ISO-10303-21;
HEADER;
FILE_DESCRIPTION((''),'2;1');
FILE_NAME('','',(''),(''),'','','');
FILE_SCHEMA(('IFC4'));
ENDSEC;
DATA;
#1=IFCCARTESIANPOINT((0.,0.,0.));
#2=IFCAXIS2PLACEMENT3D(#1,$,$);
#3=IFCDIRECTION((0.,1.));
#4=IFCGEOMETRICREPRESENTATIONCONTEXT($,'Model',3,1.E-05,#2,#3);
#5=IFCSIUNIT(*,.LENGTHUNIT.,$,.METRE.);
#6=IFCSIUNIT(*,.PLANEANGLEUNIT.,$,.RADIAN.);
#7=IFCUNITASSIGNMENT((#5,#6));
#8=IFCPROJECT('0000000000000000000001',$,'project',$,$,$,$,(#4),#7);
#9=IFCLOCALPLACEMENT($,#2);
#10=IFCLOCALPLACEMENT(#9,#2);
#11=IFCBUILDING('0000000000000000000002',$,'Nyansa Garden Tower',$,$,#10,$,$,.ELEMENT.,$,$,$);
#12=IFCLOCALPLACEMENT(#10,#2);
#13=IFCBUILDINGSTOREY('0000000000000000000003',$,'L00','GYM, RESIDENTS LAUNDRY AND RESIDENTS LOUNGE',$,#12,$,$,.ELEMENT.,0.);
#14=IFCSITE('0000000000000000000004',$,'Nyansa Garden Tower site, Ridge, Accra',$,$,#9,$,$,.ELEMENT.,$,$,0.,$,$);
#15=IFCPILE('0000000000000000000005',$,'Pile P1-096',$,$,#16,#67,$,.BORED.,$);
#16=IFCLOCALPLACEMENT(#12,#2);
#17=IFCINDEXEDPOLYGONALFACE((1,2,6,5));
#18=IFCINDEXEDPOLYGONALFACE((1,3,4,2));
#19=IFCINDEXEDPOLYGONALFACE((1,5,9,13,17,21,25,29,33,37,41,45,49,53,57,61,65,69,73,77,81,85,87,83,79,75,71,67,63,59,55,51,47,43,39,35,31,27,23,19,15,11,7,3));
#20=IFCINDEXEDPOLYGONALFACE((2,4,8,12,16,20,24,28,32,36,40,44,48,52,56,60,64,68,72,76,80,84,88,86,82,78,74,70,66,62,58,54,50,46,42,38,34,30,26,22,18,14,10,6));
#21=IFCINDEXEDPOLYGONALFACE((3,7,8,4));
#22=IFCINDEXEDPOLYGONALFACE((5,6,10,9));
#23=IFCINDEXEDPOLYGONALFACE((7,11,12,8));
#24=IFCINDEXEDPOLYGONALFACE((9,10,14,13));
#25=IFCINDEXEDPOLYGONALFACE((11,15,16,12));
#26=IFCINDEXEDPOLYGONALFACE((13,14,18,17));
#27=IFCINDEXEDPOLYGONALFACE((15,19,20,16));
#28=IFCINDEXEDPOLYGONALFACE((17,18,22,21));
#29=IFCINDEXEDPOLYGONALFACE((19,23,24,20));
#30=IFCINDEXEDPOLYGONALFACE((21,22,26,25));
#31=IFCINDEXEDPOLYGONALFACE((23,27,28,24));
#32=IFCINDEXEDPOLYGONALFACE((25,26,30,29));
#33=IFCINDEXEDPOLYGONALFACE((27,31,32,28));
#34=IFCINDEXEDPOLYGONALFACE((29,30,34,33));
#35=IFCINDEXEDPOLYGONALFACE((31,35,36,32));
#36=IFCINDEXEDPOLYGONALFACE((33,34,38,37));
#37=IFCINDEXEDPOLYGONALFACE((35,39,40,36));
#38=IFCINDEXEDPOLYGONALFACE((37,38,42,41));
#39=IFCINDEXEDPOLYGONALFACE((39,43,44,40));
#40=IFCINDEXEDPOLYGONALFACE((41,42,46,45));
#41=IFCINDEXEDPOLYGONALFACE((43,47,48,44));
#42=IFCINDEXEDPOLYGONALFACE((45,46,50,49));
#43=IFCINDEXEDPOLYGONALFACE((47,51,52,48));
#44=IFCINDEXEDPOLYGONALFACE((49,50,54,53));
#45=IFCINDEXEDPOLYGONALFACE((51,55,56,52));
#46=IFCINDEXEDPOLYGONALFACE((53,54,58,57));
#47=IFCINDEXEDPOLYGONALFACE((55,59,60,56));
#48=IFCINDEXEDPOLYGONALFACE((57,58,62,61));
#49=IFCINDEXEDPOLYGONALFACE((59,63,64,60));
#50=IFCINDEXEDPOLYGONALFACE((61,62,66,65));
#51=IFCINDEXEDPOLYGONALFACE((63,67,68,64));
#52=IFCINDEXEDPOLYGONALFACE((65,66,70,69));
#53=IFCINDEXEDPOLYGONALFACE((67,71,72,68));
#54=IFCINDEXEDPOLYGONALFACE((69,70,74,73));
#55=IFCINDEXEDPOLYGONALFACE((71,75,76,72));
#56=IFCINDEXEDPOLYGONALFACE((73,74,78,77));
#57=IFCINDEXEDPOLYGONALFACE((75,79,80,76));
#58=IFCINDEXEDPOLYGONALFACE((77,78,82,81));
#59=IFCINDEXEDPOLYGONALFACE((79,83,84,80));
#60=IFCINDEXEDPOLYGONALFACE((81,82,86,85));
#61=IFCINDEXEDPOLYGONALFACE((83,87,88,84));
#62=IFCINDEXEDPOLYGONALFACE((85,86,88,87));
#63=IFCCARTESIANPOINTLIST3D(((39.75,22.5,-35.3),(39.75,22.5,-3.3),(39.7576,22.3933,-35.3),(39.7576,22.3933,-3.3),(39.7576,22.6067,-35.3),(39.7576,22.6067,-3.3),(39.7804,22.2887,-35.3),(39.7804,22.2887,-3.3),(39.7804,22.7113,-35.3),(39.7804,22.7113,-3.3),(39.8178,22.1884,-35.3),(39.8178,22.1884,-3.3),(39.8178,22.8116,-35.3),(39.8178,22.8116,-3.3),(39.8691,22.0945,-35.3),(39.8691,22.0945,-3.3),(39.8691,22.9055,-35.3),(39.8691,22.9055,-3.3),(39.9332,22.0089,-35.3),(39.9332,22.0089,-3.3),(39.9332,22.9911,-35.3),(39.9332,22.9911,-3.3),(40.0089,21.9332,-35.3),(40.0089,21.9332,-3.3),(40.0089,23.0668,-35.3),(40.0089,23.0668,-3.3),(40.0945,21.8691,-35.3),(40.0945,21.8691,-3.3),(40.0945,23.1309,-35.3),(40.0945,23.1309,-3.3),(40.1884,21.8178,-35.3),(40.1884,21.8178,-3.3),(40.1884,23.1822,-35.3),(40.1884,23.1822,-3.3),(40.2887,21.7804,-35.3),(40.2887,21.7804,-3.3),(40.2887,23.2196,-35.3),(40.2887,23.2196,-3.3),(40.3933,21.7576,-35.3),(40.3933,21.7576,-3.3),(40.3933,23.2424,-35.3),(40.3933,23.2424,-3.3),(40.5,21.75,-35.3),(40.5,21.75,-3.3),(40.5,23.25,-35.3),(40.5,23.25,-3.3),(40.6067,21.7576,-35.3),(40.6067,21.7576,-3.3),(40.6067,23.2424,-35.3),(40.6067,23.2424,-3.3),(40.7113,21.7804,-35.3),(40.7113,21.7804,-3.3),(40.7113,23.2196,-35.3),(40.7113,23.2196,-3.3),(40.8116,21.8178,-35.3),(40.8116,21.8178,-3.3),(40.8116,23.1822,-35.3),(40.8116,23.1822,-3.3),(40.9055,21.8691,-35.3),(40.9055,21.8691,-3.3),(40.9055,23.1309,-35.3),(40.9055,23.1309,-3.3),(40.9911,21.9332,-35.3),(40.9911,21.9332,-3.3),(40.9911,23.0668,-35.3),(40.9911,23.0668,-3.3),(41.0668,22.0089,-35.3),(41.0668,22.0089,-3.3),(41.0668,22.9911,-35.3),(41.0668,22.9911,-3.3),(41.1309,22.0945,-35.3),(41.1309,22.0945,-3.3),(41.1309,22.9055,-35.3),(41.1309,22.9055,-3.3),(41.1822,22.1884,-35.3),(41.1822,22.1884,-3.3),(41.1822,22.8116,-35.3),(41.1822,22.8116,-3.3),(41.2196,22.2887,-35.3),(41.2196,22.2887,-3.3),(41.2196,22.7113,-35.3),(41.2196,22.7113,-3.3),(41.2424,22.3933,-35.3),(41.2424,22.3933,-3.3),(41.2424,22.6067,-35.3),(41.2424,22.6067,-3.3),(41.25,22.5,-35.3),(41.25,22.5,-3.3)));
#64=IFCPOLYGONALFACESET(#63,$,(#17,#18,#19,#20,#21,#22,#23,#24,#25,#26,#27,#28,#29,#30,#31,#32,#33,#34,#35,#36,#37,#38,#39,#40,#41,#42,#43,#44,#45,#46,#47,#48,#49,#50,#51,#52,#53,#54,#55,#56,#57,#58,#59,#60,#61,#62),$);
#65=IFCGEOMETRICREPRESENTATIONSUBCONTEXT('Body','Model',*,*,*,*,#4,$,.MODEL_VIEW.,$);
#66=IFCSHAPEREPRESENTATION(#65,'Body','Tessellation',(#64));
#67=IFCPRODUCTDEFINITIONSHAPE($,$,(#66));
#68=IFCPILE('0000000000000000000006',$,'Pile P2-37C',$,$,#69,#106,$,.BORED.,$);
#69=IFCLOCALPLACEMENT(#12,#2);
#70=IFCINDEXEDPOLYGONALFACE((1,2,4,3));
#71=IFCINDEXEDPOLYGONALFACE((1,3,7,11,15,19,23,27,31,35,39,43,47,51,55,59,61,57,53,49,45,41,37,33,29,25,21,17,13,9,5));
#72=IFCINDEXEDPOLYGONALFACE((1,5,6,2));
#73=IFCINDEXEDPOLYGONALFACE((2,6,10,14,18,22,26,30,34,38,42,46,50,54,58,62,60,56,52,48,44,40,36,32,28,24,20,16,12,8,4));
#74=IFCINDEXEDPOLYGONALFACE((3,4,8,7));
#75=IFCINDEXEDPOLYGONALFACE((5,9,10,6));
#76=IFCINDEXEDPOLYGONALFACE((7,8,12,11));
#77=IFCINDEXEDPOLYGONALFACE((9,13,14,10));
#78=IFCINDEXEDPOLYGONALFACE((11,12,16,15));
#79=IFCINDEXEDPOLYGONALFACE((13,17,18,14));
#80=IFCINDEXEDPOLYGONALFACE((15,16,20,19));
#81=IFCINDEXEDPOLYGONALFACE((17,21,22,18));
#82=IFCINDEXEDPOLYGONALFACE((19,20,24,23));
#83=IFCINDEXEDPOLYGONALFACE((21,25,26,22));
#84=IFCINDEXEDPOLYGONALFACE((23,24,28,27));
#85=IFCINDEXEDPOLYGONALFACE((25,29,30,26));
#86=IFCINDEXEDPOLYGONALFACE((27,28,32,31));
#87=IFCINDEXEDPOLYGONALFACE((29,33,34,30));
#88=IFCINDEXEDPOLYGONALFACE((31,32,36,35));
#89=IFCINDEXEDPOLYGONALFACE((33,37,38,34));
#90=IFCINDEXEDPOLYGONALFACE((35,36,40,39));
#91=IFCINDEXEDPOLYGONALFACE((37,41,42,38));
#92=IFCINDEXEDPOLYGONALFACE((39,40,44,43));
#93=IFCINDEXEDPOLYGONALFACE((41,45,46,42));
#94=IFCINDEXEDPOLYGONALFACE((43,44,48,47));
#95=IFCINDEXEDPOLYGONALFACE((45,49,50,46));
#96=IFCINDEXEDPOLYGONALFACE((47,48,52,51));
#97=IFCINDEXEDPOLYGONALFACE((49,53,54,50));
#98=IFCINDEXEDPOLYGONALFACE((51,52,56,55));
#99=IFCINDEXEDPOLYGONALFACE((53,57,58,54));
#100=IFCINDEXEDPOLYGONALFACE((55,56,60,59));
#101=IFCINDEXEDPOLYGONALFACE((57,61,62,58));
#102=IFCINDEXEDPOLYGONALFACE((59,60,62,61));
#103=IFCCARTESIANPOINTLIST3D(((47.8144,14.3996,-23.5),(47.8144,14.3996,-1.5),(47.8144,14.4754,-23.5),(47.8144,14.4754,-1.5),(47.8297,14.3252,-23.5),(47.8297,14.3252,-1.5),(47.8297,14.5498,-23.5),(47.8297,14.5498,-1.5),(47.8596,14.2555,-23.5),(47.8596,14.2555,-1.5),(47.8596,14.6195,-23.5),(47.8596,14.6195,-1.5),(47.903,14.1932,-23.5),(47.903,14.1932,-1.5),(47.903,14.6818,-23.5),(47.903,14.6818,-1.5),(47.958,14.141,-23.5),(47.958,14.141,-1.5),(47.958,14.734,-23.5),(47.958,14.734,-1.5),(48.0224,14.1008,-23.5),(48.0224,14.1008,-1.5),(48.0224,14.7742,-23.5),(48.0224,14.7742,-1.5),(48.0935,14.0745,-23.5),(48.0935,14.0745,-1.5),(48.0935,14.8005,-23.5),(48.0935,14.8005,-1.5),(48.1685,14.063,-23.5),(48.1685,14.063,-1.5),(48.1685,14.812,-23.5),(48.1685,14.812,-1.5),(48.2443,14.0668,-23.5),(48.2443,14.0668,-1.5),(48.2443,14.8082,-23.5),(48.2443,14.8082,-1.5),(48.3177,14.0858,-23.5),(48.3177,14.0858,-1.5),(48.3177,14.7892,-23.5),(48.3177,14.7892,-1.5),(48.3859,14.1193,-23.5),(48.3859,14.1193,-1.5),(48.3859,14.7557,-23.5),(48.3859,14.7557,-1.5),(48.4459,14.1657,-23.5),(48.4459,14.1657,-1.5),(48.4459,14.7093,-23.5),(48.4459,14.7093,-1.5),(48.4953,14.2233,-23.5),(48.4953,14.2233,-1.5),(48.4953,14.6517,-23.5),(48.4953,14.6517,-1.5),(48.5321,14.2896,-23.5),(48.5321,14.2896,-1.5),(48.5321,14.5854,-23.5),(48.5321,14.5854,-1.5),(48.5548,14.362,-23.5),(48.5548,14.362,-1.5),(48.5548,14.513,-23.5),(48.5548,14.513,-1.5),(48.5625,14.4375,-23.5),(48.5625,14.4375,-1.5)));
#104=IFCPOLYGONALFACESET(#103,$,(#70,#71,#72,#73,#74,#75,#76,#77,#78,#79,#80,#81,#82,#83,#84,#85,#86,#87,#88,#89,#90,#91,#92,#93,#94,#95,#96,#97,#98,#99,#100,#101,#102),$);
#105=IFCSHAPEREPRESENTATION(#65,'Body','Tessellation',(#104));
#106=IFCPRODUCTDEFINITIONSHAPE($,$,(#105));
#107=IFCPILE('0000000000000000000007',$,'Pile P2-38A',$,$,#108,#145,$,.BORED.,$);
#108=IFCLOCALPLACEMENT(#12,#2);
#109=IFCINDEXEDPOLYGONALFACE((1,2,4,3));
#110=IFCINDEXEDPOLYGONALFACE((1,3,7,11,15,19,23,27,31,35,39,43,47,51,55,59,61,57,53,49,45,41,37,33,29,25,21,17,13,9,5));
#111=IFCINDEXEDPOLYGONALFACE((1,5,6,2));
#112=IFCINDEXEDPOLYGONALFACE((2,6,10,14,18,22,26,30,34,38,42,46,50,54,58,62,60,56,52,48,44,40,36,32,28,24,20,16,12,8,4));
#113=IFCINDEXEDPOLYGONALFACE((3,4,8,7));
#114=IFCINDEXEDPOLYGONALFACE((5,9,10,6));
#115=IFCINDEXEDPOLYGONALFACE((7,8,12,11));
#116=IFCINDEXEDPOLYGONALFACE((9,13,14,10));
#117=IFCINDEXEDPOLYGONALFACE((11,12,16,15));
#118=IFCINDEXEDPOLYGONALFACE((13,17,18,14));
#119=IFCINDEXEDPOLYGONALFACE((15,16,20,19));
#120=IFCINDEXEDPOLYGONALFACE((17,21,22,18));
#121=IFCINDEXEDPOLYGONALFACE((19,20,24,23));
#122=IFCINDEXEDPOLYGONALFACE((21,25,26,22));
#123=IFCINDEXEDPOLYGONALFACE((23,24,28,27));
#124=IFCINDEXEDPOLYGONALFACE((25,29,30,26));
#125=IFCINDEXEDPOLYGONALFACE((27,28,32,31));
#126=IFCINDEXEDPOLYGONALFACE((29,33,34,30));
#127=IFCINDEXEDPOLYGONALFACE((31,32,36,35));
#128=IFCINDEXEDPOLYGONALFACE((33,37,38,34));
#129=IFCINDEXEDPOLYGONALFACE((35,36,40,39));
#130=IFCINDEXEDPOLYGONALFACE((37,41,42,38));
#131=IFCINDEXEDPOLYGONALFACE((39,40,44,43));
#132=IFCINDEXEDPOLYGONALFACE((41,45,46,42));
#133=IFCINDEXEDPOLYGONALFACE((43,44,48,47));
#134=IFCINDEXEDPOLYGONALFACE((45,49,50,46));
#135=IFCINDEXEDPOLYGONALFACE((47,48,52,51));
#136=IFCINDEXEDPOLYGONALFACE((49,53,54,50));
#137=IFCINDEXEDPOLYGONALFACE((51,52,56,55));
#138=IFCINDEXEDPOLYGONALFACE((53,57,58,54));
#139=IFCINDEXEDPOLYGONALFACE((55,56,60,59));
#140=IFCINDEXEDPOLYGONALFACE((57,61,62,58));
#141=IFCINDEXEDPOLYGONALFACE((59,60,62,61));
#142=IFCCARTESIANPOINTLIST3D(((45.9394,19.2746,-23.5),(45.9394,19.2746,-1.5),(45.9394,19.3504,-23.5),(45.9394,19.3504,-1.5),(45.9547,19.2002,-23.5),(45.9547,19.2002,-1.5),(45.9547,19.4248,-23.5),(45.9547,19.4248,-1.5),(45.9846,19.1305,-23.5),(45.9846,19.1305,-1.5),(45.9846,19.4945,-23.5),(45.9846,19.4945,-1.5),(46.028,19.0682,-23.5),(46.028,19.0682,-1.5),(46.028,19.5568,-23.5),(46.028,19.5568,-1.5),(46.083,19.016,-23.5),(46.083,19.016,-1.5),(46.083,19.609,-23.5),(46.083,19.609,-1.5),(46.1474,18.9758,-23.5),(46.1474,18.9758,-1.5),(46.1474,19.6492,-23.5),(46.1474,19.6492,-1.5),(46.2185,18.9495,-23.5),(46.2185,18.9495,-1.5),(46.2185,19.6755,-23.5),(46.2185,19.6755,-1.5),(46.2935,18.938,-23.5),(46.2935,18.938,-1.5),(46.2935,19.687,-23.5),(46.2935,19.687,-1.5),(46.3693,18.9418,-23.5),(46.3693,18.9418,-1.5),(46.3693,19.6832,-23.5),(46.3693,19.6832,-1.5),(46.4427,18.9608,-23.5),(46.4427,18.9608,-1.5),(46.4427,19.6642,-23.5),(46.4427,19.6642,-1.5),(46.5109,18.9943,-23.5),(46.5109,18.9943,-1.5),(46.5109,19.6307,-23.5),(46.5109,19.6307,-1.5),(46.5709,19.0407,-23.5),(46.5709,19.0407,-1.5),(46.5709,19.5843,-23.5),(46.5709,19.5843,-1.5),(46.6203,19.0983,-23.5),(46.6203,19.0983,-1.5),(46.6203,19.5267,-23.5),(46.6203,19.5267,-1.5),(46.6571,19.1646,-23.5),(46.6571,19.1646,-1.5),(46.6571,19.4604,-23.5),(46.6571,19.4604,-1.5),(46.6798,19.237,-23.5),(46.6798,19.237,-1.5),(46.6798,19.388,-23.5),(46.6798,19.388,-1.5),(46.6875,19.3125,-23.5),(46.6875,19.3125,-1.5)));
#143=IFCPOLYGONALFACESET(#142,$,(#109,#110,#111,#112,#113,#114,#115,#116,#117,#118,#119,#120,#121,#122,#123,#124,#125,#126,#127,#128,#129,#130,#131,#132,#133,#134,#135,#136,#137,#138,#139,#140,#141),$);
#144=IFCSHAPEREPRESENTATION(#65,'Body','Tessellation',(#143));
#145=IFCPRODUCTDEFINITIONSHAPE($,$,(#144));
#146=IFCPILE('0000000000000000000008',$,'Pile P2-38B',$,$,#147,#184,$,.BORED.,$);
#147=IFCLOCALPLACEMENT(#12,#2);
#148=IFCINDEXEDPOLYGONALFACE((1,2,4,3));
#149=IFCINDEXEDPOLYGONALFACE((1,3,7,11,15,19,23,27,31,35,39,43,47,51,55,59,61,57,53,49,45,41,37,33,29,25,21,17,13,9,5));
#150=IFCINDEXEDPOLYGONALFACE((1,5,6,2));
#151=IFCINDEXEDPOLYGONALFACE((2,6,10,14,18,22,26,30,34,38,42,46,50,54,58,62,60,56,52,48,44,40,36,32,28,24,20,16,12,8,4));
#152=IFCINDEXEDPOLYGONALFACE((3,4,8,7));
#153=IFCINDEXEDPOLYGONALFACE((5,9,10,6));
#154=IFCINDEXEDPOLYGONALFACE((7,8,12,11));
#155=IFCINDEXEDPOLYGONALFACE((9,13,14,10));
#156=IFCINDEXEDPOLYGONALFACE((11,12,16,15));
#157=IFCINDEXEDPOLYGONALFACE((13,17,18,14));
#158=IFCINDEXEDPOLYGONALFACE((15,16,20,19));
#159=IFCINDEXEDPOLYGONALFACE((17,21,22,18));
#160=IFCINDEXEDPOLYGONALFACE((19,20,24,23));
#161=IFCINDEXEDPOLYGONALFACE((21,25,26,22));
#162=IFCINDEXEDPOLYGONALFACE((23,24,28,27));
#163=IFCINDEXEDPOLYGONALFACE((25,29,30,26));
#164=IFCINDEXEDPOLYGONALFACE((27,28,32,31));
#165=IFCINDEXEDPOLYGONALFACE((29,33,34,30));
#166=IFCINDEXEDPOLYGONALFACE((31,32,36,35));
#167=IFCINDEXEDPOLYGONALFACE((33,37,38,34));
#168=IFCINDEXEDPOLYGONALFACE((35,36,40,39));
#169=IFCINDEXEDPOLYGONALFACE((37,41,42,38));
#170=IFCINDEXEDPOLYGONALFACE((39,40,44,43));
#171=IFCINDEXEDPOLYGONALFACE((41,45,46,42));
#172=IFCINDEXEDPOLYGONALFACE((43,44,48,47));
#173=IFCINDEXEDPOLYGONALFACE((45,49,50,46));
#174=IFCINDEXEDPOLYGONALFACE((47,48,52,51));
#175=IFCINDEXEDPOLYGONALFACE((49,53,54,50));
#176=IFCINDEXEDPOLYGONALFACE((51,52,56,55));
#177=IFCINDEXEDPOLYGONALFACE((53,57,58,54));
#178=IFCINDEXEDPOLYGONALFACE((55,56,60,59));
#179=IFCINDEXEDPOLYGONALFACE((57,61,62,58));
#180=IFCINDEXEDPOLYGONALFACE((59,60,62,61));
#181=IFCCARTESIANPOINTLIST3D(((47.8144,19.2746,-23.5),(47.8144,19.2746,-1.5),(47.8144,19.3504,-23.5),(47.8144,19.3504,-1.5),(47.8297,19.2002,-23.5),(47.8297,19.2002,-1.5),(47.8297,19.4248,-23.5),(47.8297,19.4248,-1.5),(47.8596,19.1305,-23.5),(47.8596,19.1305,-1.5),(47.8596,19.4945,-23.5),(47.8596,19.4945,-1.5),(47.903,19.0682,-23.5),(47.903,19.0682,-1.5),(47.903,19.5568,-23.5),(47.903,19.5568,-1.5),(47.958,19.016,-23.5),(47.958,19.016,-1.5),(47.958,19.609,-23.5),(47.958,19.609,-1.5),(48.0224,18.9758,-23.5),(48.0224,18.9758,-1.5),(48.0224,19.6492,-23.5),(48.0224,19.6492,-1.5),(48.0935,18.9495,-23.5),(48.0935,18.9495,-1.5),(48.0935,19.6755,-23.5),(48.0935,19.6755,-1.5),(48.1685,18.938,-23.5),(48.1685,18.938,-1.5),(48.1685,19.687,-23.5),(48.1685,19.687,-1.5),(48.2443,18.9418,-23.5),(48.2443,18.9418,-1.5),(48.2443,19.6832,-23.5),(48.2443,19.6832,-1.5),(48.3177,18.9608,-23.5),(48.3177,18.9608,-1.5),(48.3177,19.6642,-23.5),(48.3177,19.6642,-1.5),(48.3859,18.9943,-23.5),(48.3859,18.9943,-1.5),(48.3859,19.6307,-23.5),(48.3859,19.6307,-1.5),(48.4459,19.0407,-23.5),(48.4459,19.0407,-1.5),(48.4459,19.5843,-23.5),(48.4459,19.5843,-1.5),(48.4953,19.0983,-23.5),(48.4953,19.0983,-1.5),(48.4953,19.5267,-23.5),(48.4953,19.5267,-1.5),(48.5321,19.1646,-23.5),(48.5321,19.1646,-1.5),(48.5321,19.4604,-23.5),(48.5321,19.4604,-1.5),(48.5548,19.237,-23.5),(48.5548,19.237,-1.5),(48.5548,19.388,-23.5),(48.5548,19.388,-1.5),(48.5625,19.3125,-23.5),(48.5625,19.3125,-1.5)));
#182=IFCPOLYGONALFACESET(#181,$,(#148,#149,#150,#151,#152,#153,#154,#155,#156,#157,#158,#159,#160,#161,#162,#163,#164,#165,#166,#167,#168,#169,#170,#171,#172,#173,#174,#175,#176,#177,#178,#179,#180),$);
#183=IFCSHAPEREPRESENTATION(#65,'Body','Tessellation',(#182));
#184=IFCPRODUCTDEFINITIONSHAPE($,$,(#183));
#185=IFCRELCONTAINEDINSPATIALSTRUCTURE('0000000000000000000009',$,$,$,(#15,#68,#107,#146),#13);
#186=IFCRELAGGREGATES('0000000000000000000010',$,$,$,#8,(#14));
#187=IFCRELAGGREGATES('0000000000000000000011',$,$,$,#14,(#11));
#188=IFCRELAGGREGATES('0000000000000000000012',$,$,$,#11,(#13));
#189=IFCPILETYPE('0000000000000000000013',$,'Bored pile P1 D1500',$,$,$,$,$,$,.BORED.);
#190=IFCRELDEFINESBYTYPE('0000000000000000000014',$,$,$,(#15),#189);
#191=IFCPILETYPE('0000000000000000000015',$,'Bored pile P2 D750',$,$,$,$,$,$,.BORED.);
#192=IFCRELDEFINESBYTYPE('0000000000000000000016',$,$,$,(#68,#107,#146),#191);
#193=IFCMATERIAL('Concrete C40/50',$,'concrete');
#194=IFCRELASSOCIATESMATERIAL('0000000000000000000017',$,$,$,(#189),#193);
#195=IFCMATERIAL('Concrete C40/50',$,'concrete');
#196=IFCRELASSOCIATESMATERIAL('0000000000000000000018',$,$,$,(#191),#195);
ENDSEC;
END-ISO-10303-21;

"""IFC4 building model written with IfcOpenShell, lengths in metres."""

from ifc_helpers import new_model, si_unit, direction, frame, origin, origin_2d, place, context, subcontext, project, spatial, circle, extrude, material, type_object, element, save


model = new_model("IFC4")

# Units and contexts
model_context = context("Model", 3, precision=1e-05, world=origin(), true_north=direction((0.0, 1.0)))
body_context = subcontext(model_context, "Body", "Model", "MODEL_VIEW")
ifc_project = project(units=[si_unit("LENGTHUNIT", "METRE"), si_unit("PLANEANGLEUNIT", "RADIAN")], contexts=[model_context])

# Site, building, storey
site_placement = place(None, origin())
site = spatial("IfcSite", under=ifc_project, at=site_placement, Name="Nyansa Garden Tower site, Ridge, Accra", CompositionType="ELEMENT", RefElevation=0.0)
building_placement = place(site_placement, origin())
building = spatial("IfcBuilding", under=site, at=building_placement, Name="Nyansa Garden Tower", CompositionType="ELEMENT")
storey_placement = place(building_placement, origin())
storey = spatial("IfcBuildingStorey", under=building, at=storey_placement, Name="L00", Description="GYM, RESIDENTS LAUNDRY AND RESIDENTS LOUNGE", CompositionType="ELEMENT", Elevation=0.0)

# Piles
ifc_material_1 = material(Name="Concrete C40/50", Category="concrete")
pile_type_1 = type_object("IfcPileType", Name="Bored pile P1 D1500", PredefinedType="BORED", material=ifc_material_1)
for number, where, z_axis, x_axis, name in (
    (1, (40.5, 22.5, -3.3), (0.0, 0.0, -1.0), (1.0, 0.0, 0.0), "Pile P1-096"),
):
    element("IfcPile", number, at=place(storey_placement, frame(where, z_axis=z_axis, x_axis=x_axis)), inside=storey, type_object=pile_type_1, Name=name, PredefinedType="BORED", context=body_context, shape_type="SweptSolid", body=[
        extrude(circle(Radius=0.75, at=origin_2d()), origin(), (0.0, 0.0, 1.0), 32.0),
    ])
ifc_material_2 = material(Name="Concrete C40/50", Category="concrete")
pile_type_2 = type_object("IfcPileType", Name="Bored pile P2 D750", PredefinedType="BORED", material=ifc_material_2)
for number, where, z_axis, x_axis, name in (
    (2, (48.1875, 14.4375, -1.5), (0.0, 0.0, -1.0), (1.0, 0.0, 0.0), "Pile P2-37C"),
    (3, (46.3125, 19.3125, -1.5), (0.0, 0.0, -1.0), (1.0, 0.0, 0.0), "Pile P2-38A"),
    (4, (48.1875, 19.3125, -1.5), (0.0, 0.0, -1.0), (1.0, 0.0, 0.0), "Pile P2-38B"),
):
    element("IfcPile", number, at=place(storey_placement, frame(where, z_axis=z_axis, x_axis=x_axis)), inside=storey, type_object=pile_type_2, Name=name, PredefinedType="BORED", context=body_context, shape_type="SweptSolid", body=[
        extrude(circle(Radius=0.375, at=origin_2d()), origin(), (0.0, 0.0, 1.0), 22.0),
    ])

save(model, "model.ifc")
